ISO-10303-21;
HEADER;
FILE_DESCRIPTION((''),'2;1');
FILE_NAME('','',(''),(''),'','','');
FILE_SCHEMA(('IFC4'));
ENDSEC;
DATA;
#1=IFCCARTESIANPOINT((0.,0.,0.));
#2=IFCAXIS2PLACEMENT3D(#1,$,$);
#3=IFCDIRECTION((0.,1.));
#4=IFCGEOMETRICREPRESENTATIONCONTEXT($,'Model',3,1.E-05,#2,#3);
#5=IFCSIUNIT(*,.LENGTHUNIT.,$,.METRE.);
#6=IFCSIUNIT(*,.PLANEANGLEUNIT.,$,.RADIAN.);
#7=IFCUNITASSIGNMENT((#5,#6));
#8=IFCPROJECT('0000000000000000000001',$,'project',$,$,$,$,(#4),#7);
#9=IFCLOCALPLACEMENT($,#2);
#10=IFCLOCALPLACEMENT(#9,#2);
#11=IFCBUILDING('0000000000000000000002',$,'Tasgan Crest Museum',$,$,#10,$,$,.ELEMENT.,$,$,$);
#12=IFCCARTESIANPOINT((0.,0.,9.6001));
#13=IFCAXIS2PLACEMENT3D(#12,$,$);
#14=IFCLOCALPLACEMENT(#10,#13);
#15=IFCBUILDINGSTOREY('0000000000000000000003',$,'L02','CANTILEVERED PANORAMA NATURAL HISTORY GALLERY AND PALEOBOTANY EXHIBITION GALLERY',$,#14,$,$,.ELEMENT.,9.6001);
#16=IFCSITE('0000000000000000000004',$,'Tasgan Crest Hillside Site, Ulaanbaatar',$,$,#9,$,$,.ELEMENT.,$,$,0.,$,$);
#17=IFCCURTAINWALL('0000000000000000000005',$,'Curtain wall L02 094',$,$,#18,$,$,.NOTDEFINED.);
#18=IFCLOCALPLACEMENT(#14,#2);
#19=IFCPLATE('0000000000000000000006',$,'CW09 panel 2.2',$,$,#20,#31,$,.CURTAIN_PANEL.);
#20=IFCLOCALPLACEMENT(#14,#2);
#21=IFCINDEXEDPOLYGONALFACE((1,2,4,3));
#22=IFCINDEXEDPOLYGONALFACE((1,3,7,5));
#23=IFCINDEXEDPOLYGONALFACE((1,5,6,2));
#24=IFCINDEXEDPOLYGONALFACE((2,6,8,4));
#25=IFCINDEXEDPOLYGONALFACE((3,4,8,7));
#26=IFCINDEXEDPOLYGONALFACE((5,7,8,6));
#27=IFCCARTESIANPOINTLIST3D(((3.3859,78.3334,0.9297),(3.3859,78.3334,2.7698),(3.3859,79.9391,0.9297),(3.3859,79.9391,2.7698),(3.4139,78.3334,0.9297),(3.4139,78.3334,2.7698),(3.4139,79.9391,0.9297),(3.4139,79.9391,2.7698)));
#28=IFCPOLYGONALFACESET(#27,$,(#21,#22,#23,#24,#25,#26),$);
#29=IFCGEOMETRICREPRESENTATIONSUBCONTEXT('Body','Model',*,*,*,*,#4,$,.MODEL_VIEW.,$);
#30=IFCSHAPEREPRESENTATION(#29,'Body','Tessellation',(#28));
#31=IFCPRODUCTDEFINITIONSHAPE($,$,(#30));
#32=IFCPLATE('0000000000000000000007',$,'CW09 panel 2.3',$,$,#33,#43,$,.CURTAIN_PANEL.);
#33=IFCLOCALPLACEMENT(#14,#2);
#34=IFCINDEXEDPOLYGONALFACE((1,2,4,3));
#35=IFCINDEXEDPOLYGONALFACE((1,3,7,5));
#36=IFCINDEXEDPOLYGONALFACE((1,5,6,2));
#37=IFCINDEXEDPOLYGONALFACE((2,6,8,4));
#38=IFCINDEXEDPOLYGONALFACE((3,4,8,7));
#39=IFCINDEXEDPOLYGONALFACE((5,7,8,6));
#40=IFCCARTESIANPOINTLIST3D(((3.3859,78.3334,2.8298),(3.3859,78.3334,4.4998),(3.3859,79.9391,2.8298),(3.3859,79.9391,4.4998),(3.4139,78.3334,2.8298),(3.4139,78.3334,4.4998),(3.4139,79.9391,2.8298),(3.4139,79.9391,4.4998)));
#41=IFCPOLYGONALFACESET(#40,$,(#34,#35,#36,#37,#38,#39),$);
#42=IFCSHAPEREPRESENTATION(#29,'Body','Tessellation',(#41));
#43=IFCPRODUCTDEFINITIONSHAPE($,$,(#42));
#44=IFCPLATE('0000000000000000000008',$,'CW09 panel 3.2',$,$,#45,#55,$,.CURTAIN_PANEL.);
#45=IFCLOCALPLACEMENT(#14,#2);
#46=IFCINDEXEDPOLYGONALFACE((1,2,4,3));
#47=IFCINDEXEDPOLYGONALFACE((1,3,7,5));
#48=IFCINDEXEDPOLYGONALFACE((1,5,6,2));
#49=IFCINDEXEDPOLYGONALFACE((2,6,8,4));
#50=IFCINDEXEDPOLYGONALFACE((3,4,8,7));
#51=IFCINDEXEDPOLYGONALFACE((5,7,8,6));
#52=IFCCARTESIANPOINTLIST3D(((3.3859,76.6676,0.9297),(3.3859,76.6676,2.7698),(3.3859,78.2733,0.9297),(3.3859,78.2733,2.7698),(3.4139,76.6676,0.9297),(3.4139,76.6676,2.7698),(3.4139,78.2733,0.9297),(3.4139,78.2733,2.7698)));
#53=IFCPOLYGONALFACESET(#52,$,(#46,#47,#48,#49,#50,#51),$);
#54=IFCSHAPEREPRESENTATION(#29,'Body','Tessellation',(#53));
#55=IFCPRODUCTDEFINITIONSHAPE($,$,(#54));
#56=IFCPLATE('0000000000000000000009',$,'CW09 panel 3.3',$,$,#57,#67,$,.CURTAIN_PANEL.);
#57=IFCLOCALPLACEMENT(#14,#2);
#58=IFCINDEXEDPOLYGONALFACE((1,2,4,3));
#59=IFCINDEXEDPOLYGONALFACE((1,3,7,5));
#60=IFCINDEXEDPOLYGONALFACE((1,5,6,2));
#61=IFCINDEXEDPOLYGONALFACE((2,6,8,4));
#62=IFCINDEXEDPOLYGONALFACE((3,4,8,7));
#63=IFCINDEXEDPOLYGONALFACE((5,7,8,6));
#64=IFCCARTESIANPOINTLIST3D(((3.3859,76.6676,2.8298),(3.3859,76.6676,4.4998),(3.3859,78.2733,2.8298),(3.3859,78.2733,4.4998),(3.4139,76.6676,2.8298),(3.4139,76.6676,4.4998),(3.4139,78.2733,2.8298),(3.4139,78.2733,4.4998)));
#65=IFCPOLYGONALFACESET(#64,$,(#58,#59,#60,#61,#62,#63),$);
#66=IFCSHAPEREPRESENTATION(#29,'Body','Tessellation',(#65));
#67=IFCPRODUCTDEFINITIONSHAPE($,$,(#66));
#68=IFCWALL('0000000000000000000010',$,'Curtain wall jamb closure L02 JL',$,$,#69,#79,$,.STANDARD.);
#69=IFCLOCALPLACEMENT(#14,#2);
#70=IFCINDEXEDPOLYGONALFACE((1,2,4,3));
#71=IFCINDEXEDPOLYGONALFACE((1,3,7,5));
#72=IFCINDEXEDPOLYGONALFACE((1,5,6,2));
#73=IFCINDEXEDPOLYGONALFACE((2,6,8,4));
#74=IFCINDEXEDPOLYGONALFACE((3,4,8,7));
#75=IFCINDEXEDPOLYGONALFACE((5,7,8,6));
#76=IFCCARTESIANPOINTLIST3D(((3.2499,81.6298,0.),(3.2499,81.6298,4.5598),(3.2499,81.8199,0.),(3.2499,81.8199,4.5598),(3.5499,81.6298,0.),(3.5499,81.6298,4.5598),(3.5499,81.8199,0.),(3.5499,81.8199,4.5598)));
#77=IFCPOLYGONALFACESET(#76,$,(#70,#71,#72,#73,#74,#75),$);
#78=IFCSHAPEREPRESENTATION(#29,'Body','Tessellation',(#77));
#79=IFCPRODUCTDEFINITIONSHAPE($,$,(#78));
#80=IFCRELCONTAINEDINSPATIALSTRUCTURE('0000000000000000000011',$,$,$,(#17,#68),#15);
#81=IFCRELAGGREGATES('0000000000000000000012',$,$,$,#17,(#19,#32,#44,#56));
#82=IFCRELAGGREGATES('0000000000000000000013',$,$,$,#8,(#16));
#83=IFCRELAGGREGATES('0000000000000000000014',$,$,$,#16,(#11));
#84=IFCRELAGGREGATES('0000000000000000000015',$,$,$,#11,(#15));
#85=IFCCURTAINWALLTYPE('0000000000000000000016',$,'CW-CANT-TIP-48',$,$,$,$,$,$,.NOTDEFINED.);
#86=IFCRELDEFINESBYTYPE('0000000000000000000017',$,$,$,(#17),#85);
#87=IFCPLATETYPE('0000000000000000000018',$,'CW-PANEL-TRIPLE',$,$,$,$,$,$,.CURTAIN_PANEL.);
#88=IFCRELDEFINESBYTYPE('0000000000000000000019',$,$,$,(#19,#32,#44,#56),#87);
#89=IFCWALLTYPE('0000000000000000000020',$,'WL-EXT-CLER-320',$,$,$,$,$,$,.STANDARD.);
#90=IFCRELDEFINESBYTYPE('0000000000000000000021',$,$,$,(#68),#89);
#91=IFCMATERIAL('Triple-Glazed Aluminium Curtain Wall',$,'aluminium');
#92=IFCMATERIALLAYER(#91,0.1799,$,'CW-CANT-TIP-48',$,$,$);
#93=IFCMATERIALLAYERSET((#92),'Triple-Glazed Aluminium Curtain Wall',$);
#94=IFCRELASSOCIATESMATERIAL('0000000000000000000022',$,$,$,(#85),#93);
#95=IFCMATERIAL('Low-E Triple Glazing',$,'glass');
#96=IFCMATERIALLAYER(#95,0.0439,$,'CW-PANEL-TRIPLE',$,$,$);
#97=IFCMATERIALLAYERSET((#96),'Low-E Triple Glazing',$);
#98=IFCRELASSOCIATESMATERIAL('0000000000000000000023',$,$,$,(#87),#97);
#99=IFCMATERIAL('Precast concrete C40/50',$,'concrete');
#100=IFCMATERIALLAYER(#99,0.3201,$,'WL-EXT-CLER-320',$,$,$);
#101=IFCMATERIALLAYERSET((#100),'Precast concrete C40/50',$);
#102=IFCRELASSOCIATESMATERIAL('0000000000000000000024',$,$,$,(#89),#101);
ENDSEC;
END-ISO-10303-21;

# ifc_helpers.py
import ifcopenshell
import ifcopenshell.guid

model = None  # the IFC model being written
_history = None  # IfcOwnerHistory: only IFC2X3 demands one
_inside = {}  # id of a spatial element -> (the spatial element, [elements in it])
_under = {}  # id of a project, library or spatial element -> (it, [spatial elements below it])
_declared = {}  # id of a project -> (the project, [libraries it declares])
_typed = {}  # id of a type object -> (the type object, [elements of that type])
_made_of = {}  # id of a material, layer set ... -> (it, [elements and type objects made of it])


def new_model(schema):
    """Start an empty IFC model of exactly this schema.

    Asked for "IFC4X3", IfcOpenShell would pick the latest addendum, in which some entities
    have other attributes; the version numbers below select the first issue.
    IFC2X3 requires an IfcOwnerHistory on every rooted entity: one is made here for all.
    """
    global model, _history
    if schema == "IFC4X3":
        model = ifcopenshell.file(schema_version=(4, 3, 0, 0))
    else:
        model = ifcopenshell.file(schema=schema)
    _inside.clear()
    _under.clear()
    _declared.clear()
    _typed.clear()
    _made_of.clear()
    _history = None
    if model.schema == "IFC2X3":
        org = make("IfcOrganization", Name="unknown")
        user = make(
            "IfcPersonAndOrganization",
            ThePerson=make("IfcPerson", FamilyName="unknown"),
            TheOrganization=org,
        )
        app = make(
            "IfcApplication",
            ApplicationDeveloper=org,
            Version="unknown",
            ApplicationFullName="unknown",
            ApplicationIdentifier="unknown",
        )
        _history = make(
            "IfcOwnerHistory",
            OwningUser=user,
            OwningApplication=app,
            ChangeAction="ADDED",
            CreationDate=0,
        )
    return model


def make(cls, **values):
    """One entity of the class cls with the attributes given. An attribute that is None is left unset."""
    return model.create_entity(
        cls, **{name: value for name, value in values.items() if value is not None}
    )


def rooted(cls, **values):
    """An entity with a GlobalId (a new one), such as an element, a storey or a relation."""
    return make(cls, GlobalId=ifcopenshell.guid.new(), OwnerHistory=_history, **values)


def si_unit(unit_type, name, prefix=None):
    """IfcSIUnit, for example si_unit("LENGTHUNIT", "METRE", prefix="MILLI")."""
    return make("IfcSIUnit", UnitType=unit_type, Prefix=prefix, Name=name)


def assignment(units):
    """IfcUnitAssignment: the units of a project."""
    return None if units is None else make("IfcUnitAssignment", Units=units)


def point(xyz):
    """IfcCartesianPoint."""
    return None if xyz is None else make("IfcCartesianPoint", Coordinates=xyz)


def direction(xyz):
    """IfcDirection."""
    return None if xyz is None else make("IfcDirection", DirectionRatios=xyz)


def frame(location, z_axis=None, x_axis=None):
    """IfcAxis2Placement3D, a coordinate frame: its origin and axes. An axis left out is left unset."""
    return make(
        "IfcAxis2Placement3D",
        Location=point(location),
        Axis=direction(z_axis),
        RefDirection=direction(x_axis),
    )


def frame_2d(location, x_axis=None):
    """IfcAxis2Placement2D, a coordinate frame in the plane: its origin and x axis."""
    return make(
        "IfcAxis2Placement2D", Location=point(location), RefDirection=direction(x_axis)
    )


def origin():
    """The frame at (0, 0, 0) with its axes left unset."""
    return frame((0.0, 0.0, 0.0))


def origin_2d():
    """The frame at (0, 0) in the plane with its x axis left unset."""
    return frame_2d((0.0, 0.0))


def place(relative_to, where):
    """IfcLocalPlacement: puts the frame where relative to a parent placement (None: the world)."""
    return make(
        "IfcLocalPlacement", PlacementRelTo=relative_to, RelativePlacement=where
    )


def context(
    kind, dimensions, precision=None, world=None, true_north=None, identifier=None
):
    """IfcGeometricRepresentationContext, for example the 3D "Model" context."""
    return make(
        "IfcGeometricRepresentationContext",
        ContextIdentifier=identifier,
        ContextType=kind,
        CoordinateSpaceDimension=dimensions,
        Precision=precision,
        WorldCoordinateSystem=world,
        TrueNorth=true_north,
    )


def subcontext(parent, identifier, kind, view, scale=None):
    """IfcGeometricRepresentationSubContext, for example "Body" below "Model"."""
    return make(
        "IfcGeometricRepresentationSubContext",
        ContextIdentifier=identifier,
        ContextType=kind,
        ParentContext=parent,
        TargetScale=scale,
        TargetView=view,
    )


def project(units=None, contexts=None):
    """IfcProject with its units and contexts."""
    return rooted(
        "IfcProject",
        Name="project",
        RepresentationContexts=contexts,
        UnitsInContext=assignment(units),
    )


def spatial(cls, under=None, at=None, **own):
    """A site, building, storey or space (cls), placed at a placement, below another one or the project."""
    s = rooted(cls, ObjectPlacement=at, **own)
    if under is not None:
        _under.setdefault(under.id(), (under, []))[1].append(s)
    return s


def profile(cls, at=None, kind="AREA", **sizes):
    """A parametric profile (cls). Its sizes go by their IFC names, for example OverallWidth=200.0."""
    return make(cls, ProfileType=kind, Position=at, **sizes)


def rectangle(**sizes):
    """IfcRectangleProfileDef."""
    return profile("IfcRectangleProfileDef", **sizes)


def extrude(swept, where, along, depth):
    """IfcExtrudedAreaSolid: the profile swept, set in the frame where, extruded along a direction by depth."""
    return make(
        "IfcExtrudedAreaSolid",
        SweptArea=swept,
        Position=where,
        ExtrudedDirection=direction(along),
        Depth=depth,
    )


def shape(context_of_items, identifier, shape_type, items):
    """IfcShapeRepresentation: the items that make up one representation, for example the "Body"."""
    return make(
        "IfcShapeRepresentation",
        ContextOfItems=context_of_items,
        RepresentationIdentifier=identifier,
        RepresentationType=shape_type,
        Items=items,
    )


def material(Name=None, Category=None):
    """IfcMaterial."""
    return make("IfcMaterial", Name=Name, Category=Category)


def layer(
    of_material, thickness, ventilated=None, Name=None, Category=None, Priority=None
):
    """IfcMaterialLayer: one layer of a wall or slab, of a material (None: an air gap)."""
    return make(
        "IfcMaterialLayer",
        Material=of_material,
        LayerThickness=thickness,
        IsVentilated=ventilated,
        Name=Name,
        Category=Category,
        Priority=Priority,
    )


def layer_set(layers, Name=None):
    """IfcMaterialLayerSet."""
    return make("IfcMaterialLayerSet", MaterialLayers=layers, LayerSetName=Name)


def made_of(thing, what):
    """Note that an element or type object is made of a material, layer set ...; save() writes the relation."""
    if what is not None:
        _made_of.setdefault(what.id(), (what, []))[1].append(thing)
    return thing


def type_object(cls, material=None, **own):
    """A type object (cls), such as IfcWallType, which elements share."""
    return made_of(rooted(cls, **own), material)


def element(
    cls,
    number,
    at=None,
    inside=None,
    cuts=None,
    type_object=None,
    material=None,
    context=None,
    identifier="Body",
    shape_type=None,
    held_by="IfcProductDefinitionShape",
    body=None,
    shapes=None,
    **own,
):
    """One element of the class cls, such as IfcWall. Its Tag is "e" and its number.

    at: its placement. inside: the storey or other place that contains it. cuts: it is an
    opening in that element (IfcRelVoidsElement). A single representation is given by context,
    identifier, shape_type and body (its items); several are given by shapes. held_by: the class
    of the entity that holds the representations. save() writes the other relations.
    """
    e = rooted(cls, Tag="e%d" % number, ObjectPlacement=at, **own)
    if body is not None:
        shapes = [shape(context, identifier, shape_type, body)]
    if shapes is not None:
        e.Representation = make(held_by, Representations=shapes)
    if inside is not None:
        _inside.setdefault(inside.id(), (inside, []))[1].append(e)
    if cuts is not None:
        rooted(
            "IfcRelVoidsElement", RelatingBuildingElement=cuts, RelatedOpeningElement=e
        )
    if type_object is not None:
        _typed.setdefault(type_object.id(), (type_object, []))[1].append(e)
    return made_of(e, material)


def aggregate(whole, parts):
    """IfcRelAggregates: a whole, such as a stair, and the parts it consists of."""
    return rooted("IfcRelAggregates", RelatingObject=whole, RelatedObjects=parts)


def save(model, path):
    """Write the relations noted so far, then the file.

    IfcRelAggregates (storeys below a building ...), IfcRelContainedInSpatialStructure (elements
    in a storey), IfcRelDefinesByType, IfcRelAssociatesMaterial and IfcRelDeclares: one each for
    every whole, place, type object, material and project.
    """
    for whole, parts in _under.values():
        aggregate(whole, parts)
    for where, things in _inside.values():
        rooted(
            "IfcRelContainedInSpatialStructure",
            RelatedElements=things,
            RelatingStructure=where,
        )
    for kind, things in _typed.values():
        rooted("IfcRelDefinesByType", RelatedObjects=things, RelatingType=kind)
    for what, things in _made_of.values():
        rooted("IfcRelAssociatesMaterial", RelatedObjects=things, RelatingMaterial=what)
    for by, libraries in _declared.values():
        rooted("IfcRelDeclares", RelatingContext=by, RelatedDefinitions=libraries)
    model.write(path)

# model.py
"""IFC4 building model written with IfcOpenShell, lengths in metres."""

from ifc_helpers import new_model, si_unit, direction, frame, frame_2d, origin, origin_2d, place, context, subcontext, project, spatial, rectangle, extrude, material, layer, layer_set, type_object, element, aggregate, save


model = new_model("IFC4")

# Units and contexts
model_context = context("Model", 3, precision=1e-05, world=origin(), true_north=direction((0.0, 1.0)))
body_context = subcontext(model_context, "Body", "Model", "MODEL_VIEW")
ifc_project = project(units=[si_unit("LENGTHUNIT", "METRE"), si_unit("PLANEANGLEUNIT", "RADIAN")], contexts=[model_context])

# Site, building, storey
site_placement = place(None, origin())
site = spatial("IfcSite", under=ifc_project, at=site_placement, Name="Tasgan Crest Hillside Site, Ulaanbaatar", CompositionType="ELEMENT", RefElevation=0.0)
building_placement = place(site_placement, origin())
building = spatial("IfcBuilding", under=site, at=building_placement, Name="Tasgan Crest Museum", CompositionType="ELEMENT")
storey_placement = place(building_placement, frame((0.0, 0.0, 9.6001)))
storey = spatial("IfcBuildingStorey", under=building, at=storey_placement, Name="L02", Description="CANTILEVERED PANORAMA NATURAL HISTORY GALLERY AND PALEOBOTANY EXHIBITION GALLERY", CompositionType="ELEMENT", Elevation=9.6001)

# Curtain wall
ifc_material_1 = material(Name="Triple-Glazed Aluminium Curtain Wall", Category="aluminium")
ifc_layer_1 = layer(ifc_material_1, 0.1799, Name="CW-CANT-TIP-48")
ifc_layer_set_1 = layer_set([ifc_layer_1], Name="Triple-Glazed Aluminium Curtain Wall")
curtain_wall_type = type_object("IfcCurtainWallType", Name="CW-CANT-TIP-48", PredefinedType="NOTDEFINED", material=ifc_layer_set_1)
curtain_wall_placement = place(storey_placement, origin())
curtain_wall = element("IfcCurtainWall", 1, at=curtain_wall_placement, inside=storey, type_object=curtain_wall_type, Name="Curtain wall L02 094", PredefinedType="NOTDEFINED")

# Plates
ifc_material_2 = material(Name="Low-E Triple Glazing", Category="glass")
ifc_layer_2 = layer(ifc_material_2, 0.0439, Name="CW-PANEL-TRIPLE")
ifc_layer_set_2 = layer_set([ifc_layer_2], Name="Low-E Triple Glazing")
plate_type_1 = type_object("IfcPlateType", Name="CW-PANEL-TRIPLE", PredefinedType="CURTAIN_PANEL", material=ifc_layer_set_2)
plate_1_placement = place(storey_placement, frame((3.3999, 79.1362, 0.9297), z_axis=(0.0, 0.0, 1.0), x_axis=(0.0, -1.0, 0.0)))
plate_1 = element("IfcPlate", 2, at=plate_1_placement, type_object=plate_type_1, Name="CW09 panel 2.2", PredefinedType="CURTAIN_PANEL", context=body_context, shape_type="SweptSolid", body=[
    extrude(rectangle(XDim=1.6057, YDim=0.0281, at=origin_2d()), origin(), (0.0, 0.0, 1.0), 1.8401),
])
plate_2_placement = place(storey_placement, frame((3.3999, 79.1362, 2.8298), z_axis=(0.0, 0.0, 1.0), x_axis=(0.0, -1.0, 0.0)))
plate_2 = element("IfcPlate", 3, at=plate_2_placement, type_object=plate_type_1, Name="CW09 panel 2.3", PredefinedType="CURTAIN_PANEL", context=body_context, shape_type="SweptSolid", body=[
    extrude(rectangle(XDim=1.6057, YDim=0.0281, at=origin_2d()), origin(), (0.0, 0.0, 1.0), 1.6699),
])
plate_3_placement = place(storey_placement, frame((3.3999, 77.4705, 0.9297), z_axis=(0.0, 0.0, 1.0), x_axis=(0.0, -1.0, 0.0)))
plate_3 = element("IfcPlate", 4, at=plate_3_placement, type_object=plate_type_1, Name="CW09 panel 3.2", PredefinedType="CURTAIN_PANEL", context=body_context, shape_type="SweptSolid", body=[
    extrude(rectangle(XDim=1.6057, YDim=0.0281, at=origin_2d()), origin(), (0.0, 0.0, 1.0), 1.8401),
])
plate_4_placement = place(storey_placement, frame((3.3999, 77.4705, 2.8298), z_axis=(0.0, 0.0, 1.0), x_axis=(0.0, -1.0, 0.0)))
plate_4 = element("IfcPlate", 5, at=plate_4_placement, type_object=plate_type_1, Name="CW09 panel 3.3", PredefinedType="CURTAIN_PANEL", context=body_context, shape_type="SweptSolid", body=[
    extrude(rectangle(XDim=1.6057, YDim=0.0281, at=origin_2d()), origin(), (0.0, 0.0, 1.0), 1.6699),
])
aggregate(curtain_wall, [plate_1, plate_2, plate_3, plate_4])

# Wall
ifc_material_3 = material(Name="Precast concrete C40/50", Category="concrete")
ifc_layer_3 = layer(ifc_material_3, 0.3201, Name="WL-EXT-CLER-320")
ifc_layer_set_3 = layer_set([ifc_layer_3], Name="Precast concrete C40/50")
wall_type = type_object("IfcWallType", Name="WL-EXT-CLER-320", PredefinedType="STANDARD", material=ifc_layer_set_3)
wall_placement = place(storey_placement, frame((3.3999, 81.8201, 0.0), z_axis=(0.0, 0.0, 1.0), x_axis=(0.0, -1.0, 0.0)))
element("IfcWall", 6, at=wall_placement, inside=storey, type_object=wall_type, Name="Curtain wall jamb closure L02 JL", PredefinedType="STANDARD", context=body_context, shape_type="SweptSolid", body=[
    extrude(rectangle(XDim=0.1902, YDim=0.3, at=frame_2d((0.0952, 0.0))), origin(), (0.0, 0.0, 1.0), 4.5598),
])

save(model, "model.ifc")
